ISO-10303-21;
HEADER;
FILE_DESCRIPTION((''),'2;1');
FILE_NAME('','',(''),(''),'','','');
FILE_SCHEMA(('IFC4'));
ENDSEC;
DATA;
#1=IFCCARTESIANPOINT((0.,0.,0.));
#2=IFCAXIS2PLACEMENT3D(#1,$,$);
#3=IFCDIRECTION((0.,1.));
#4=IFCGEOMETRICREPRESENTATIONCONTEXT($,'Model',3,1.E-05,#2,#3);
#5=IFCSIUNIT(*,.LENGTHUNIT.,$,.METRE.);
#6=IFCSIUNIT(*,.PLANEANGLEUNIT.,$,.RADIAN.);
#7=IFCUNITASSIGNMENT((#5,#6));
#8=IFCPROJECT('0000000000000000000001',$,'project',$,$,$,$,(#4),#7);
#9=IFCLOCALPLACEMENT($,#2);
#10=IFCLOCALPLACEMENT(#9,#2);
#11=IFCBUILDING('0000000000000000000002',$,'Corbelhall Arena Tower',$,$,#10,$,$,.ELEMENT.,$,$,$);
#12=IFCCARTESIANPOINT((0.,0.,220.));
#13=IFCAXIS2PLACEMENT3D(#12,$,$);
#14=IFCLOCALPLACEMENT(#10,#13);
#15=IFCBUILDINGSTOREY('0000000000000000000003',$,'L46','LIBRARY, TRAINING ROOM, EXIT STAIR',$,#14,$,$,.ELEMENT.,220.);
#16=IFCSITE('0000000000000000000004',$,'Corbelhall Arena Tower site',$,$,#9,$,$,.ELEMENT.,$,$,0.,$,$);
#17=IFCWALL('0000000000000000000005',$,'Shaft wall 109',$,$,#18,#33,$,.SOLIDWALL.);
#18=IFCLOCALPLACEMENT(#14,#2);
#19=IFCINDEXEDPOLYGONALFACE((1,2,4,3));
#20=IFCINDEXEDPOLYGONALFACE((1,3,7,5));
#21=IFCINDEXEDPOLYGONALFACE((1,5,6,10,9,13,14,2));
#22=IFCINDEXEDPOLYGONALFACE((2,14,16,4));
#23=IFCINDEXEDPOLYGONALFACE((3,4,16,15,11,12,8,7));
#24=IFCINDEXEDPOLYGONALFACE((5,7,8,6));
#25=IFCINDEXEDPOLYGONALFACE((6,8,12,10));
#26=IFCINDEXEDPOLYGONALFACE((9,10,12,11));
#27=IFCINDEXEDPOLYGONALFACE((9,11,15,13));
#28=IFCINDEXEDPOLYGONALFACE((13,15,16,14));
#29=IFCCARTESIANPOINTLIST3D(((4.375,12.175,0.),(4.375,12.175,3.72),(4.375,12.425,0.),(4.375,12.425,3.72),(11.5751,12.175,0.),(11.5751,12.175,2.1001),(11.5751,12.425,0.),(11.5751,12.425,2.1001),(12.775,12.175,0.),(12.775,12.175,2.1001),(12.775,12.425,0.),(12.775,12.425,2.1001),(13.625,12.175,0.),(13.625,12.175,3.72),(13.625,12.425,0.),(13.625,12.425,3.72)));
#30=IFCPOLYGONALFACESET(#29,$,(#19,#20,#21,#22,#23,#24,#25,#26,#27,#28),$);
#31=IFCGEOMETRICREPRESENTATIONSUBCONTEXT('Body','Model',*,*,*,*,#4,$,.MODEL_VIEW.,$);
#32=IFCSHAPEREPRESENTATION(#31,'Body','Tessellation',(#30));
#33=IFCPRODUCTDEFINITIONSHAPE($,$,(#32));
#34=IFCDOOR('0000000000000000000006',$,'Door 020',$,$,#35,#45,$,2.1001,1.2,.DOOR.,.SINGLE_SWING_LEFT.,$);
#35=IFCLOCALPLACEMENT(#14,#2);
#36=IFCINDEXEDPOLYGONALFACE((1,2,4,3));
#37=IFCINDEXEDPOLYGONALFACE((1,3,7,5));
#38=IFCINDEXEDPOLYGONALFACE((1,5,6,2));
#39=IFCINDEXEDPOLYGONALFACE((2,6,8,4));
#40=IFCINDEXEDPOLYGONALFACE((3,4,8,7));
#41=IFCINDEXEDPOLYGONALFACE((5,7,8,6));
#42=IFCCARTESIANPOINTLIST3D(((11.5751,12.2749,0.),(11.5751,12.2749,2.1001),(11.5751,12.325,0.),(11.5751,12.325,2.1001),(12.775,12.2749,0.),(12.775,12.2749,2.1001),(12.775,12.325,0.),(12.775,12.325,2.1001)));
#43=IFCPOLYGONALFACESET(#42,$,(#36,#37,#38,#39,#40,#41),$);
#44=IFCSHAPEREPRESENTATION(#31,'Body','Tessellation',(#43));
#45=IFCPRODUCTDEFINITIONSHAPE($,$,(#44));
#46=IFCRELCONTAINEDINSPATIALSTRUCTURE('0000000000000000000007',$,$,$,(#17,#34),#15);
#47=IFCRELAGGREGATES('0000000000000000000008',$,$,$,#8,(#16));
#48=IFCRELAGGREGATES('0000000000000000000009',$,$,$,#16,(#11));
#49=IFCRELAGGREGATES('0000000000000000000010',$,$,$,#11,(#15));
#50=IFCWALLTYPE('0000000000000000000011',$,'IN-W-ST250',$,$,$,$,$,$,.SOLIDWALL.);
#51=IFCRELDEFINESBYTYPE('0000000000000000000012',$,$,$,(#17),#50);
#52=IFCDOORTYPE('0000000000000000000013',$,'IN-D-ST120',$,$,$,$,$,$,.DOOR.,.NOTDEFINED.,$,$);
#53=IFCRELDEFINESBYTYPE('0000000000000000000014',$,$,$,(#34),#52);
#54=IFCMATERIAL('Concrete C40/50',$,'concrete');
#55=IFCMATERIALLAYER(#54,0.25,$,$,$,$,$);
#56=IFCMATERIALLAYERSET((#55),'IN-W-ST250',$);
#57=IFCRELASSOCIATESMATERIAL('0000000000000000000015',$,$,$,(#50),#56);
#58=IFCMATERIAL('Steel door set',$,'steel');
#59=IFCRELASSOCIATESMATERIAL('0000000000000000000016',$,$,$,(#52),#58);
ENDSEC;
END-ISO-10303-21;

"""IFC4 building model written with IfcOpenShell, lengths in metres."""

from ifc_helpers import new_model, si_unit, direction, frame, frame_2d, origin, place, context, subcontext, project, spatial, rectangle, extrude, material, layer, layer_set, type_object, element, fill, save


model = new_model("IFC4")

# Units and contexts
model_context = context("Model", 3, precision=1e-05, world=origin(), true_north=direction((0.0, 1.0)))
body_context = subcontext(model_context, "Body", "Model", "MODEL_VIEW")
ifc_project = project(units=[si_unit("LENGTHUNIT", "METRE"), si_unit("PLANEANGLEUNIT", "RADIAN")], contexts=[model_context])

# Site, building, storey
site_placement = place(None, origin())
site = spatial("IfcSite", under=ifc_project, at=site_placement, Name="Corbelhall Arena Tower site", CompositionType="ELEMENT", RefElevation=0.0)
building_placement = place(site_placement, origin())
building = spatial("IfcBuilding", under=site, at=building_placement, Name="Corbelhall Arena Tower", CompositionType="ELEMENT")
storey_placement = place(building_placement, frame((0.0, 0.0, 220.0)))
storey = spatial("IfcBuildingStorey", under=building, at=storey_placement, Name="L46", Description="LIBRARY, TRAINING ROOM, EXIT STAIR", CompositionType="ELEMENT", Elevation=220.0)

# Shared definitions
ifc_material_1 = material(Name="Concrete C40/50", Category="concrete")

# Shared definitions
ifc_material_2 = material(Name="Steel door set", Category="steel")

# Wall, opening, door
ifc_layer_1 = layer(ifc_material_1, 0.25)
ifc_layer_set_1 = layer_set([ifc_layer_1], Name="IN-W-ST250")
wall_type_1 = type_object("IfcWallType", Name="IN-W-ST250", PredefinedType="SOLIDWALL", material=ifc_layer_set_1)
wall_1_placement = place(storey_placement, frame((4.375, 12.3, 0.0), z_axis=(0.0, 0.0, 1.0), x_axis=(1.0, 0.0, 0.0)))
wall_1 = element("IfcWall", 1, at=wall_1_placement, inside=storey, type_object=wall_type_1, Name="Shaft wall 109", PredefinedType="SOLIDWALL", context=body_context, shape_type="SweptSolid", body=[
    extrude(rectangle(XDim=9.25, YDim=0.25, at=frame_2d((4.625, 0.0))), origin(), (0.0, 0.0, 1.0), 3.72),
])
opening_1_placement = place(wall_1_placement, frame((7.2, 0.0, 0.0)))
opening_1 = element("IfcOpeningElement", 2, at=opening_1_placement, cuts=wall_1, PredefinedType="OPENING", context=body_context, shape_type="SweptSolid", body=[
    extrude(rectangle(XDim=1.2, YDim=2.1001, at=frame_2d((0.6001, 1.05))), frame((0.0, 0.125, 0.0), z_axis=(0.0, -1.0, 0.0), x_axis=(1.0, 0.0, 0.0)), (0.0, 0.0, 1.0), 0.25),
])
door_type_1 = type_object("IfcDoorType", Name="IN-D-ST120", OperationType="NOTDEFINED", PredefinedType="DOOR", material=ifc_material_2)
door_1_placement = place(opening_1_placement, origin())
door_1 = element("IfcDoor", 3, at=door_1_placement, inside=storey, type_object=door_type_1, Name="Door 020", OperationType="SINGLE_SWING_LEFT", OverallHeight=2.1001, OverallWidth=1.2, PredefinedType="DOOR", context=body_context, shape_type="SweptSolid", body=[
    extrude(rectangle(XDim=1.2, YDim=2.1001, at=frame_2d((0.6001, 1.05))), frame((0.0, 0.0249, 0.0), z_axis=(0.0, -1.0, 0.0), x_axis=(1.0, 0.0, 0.0)), (0.0, 0.0, 1.0), 0.05),
])
fill(opening_1, door_1)

save(model, "model.ifc")
